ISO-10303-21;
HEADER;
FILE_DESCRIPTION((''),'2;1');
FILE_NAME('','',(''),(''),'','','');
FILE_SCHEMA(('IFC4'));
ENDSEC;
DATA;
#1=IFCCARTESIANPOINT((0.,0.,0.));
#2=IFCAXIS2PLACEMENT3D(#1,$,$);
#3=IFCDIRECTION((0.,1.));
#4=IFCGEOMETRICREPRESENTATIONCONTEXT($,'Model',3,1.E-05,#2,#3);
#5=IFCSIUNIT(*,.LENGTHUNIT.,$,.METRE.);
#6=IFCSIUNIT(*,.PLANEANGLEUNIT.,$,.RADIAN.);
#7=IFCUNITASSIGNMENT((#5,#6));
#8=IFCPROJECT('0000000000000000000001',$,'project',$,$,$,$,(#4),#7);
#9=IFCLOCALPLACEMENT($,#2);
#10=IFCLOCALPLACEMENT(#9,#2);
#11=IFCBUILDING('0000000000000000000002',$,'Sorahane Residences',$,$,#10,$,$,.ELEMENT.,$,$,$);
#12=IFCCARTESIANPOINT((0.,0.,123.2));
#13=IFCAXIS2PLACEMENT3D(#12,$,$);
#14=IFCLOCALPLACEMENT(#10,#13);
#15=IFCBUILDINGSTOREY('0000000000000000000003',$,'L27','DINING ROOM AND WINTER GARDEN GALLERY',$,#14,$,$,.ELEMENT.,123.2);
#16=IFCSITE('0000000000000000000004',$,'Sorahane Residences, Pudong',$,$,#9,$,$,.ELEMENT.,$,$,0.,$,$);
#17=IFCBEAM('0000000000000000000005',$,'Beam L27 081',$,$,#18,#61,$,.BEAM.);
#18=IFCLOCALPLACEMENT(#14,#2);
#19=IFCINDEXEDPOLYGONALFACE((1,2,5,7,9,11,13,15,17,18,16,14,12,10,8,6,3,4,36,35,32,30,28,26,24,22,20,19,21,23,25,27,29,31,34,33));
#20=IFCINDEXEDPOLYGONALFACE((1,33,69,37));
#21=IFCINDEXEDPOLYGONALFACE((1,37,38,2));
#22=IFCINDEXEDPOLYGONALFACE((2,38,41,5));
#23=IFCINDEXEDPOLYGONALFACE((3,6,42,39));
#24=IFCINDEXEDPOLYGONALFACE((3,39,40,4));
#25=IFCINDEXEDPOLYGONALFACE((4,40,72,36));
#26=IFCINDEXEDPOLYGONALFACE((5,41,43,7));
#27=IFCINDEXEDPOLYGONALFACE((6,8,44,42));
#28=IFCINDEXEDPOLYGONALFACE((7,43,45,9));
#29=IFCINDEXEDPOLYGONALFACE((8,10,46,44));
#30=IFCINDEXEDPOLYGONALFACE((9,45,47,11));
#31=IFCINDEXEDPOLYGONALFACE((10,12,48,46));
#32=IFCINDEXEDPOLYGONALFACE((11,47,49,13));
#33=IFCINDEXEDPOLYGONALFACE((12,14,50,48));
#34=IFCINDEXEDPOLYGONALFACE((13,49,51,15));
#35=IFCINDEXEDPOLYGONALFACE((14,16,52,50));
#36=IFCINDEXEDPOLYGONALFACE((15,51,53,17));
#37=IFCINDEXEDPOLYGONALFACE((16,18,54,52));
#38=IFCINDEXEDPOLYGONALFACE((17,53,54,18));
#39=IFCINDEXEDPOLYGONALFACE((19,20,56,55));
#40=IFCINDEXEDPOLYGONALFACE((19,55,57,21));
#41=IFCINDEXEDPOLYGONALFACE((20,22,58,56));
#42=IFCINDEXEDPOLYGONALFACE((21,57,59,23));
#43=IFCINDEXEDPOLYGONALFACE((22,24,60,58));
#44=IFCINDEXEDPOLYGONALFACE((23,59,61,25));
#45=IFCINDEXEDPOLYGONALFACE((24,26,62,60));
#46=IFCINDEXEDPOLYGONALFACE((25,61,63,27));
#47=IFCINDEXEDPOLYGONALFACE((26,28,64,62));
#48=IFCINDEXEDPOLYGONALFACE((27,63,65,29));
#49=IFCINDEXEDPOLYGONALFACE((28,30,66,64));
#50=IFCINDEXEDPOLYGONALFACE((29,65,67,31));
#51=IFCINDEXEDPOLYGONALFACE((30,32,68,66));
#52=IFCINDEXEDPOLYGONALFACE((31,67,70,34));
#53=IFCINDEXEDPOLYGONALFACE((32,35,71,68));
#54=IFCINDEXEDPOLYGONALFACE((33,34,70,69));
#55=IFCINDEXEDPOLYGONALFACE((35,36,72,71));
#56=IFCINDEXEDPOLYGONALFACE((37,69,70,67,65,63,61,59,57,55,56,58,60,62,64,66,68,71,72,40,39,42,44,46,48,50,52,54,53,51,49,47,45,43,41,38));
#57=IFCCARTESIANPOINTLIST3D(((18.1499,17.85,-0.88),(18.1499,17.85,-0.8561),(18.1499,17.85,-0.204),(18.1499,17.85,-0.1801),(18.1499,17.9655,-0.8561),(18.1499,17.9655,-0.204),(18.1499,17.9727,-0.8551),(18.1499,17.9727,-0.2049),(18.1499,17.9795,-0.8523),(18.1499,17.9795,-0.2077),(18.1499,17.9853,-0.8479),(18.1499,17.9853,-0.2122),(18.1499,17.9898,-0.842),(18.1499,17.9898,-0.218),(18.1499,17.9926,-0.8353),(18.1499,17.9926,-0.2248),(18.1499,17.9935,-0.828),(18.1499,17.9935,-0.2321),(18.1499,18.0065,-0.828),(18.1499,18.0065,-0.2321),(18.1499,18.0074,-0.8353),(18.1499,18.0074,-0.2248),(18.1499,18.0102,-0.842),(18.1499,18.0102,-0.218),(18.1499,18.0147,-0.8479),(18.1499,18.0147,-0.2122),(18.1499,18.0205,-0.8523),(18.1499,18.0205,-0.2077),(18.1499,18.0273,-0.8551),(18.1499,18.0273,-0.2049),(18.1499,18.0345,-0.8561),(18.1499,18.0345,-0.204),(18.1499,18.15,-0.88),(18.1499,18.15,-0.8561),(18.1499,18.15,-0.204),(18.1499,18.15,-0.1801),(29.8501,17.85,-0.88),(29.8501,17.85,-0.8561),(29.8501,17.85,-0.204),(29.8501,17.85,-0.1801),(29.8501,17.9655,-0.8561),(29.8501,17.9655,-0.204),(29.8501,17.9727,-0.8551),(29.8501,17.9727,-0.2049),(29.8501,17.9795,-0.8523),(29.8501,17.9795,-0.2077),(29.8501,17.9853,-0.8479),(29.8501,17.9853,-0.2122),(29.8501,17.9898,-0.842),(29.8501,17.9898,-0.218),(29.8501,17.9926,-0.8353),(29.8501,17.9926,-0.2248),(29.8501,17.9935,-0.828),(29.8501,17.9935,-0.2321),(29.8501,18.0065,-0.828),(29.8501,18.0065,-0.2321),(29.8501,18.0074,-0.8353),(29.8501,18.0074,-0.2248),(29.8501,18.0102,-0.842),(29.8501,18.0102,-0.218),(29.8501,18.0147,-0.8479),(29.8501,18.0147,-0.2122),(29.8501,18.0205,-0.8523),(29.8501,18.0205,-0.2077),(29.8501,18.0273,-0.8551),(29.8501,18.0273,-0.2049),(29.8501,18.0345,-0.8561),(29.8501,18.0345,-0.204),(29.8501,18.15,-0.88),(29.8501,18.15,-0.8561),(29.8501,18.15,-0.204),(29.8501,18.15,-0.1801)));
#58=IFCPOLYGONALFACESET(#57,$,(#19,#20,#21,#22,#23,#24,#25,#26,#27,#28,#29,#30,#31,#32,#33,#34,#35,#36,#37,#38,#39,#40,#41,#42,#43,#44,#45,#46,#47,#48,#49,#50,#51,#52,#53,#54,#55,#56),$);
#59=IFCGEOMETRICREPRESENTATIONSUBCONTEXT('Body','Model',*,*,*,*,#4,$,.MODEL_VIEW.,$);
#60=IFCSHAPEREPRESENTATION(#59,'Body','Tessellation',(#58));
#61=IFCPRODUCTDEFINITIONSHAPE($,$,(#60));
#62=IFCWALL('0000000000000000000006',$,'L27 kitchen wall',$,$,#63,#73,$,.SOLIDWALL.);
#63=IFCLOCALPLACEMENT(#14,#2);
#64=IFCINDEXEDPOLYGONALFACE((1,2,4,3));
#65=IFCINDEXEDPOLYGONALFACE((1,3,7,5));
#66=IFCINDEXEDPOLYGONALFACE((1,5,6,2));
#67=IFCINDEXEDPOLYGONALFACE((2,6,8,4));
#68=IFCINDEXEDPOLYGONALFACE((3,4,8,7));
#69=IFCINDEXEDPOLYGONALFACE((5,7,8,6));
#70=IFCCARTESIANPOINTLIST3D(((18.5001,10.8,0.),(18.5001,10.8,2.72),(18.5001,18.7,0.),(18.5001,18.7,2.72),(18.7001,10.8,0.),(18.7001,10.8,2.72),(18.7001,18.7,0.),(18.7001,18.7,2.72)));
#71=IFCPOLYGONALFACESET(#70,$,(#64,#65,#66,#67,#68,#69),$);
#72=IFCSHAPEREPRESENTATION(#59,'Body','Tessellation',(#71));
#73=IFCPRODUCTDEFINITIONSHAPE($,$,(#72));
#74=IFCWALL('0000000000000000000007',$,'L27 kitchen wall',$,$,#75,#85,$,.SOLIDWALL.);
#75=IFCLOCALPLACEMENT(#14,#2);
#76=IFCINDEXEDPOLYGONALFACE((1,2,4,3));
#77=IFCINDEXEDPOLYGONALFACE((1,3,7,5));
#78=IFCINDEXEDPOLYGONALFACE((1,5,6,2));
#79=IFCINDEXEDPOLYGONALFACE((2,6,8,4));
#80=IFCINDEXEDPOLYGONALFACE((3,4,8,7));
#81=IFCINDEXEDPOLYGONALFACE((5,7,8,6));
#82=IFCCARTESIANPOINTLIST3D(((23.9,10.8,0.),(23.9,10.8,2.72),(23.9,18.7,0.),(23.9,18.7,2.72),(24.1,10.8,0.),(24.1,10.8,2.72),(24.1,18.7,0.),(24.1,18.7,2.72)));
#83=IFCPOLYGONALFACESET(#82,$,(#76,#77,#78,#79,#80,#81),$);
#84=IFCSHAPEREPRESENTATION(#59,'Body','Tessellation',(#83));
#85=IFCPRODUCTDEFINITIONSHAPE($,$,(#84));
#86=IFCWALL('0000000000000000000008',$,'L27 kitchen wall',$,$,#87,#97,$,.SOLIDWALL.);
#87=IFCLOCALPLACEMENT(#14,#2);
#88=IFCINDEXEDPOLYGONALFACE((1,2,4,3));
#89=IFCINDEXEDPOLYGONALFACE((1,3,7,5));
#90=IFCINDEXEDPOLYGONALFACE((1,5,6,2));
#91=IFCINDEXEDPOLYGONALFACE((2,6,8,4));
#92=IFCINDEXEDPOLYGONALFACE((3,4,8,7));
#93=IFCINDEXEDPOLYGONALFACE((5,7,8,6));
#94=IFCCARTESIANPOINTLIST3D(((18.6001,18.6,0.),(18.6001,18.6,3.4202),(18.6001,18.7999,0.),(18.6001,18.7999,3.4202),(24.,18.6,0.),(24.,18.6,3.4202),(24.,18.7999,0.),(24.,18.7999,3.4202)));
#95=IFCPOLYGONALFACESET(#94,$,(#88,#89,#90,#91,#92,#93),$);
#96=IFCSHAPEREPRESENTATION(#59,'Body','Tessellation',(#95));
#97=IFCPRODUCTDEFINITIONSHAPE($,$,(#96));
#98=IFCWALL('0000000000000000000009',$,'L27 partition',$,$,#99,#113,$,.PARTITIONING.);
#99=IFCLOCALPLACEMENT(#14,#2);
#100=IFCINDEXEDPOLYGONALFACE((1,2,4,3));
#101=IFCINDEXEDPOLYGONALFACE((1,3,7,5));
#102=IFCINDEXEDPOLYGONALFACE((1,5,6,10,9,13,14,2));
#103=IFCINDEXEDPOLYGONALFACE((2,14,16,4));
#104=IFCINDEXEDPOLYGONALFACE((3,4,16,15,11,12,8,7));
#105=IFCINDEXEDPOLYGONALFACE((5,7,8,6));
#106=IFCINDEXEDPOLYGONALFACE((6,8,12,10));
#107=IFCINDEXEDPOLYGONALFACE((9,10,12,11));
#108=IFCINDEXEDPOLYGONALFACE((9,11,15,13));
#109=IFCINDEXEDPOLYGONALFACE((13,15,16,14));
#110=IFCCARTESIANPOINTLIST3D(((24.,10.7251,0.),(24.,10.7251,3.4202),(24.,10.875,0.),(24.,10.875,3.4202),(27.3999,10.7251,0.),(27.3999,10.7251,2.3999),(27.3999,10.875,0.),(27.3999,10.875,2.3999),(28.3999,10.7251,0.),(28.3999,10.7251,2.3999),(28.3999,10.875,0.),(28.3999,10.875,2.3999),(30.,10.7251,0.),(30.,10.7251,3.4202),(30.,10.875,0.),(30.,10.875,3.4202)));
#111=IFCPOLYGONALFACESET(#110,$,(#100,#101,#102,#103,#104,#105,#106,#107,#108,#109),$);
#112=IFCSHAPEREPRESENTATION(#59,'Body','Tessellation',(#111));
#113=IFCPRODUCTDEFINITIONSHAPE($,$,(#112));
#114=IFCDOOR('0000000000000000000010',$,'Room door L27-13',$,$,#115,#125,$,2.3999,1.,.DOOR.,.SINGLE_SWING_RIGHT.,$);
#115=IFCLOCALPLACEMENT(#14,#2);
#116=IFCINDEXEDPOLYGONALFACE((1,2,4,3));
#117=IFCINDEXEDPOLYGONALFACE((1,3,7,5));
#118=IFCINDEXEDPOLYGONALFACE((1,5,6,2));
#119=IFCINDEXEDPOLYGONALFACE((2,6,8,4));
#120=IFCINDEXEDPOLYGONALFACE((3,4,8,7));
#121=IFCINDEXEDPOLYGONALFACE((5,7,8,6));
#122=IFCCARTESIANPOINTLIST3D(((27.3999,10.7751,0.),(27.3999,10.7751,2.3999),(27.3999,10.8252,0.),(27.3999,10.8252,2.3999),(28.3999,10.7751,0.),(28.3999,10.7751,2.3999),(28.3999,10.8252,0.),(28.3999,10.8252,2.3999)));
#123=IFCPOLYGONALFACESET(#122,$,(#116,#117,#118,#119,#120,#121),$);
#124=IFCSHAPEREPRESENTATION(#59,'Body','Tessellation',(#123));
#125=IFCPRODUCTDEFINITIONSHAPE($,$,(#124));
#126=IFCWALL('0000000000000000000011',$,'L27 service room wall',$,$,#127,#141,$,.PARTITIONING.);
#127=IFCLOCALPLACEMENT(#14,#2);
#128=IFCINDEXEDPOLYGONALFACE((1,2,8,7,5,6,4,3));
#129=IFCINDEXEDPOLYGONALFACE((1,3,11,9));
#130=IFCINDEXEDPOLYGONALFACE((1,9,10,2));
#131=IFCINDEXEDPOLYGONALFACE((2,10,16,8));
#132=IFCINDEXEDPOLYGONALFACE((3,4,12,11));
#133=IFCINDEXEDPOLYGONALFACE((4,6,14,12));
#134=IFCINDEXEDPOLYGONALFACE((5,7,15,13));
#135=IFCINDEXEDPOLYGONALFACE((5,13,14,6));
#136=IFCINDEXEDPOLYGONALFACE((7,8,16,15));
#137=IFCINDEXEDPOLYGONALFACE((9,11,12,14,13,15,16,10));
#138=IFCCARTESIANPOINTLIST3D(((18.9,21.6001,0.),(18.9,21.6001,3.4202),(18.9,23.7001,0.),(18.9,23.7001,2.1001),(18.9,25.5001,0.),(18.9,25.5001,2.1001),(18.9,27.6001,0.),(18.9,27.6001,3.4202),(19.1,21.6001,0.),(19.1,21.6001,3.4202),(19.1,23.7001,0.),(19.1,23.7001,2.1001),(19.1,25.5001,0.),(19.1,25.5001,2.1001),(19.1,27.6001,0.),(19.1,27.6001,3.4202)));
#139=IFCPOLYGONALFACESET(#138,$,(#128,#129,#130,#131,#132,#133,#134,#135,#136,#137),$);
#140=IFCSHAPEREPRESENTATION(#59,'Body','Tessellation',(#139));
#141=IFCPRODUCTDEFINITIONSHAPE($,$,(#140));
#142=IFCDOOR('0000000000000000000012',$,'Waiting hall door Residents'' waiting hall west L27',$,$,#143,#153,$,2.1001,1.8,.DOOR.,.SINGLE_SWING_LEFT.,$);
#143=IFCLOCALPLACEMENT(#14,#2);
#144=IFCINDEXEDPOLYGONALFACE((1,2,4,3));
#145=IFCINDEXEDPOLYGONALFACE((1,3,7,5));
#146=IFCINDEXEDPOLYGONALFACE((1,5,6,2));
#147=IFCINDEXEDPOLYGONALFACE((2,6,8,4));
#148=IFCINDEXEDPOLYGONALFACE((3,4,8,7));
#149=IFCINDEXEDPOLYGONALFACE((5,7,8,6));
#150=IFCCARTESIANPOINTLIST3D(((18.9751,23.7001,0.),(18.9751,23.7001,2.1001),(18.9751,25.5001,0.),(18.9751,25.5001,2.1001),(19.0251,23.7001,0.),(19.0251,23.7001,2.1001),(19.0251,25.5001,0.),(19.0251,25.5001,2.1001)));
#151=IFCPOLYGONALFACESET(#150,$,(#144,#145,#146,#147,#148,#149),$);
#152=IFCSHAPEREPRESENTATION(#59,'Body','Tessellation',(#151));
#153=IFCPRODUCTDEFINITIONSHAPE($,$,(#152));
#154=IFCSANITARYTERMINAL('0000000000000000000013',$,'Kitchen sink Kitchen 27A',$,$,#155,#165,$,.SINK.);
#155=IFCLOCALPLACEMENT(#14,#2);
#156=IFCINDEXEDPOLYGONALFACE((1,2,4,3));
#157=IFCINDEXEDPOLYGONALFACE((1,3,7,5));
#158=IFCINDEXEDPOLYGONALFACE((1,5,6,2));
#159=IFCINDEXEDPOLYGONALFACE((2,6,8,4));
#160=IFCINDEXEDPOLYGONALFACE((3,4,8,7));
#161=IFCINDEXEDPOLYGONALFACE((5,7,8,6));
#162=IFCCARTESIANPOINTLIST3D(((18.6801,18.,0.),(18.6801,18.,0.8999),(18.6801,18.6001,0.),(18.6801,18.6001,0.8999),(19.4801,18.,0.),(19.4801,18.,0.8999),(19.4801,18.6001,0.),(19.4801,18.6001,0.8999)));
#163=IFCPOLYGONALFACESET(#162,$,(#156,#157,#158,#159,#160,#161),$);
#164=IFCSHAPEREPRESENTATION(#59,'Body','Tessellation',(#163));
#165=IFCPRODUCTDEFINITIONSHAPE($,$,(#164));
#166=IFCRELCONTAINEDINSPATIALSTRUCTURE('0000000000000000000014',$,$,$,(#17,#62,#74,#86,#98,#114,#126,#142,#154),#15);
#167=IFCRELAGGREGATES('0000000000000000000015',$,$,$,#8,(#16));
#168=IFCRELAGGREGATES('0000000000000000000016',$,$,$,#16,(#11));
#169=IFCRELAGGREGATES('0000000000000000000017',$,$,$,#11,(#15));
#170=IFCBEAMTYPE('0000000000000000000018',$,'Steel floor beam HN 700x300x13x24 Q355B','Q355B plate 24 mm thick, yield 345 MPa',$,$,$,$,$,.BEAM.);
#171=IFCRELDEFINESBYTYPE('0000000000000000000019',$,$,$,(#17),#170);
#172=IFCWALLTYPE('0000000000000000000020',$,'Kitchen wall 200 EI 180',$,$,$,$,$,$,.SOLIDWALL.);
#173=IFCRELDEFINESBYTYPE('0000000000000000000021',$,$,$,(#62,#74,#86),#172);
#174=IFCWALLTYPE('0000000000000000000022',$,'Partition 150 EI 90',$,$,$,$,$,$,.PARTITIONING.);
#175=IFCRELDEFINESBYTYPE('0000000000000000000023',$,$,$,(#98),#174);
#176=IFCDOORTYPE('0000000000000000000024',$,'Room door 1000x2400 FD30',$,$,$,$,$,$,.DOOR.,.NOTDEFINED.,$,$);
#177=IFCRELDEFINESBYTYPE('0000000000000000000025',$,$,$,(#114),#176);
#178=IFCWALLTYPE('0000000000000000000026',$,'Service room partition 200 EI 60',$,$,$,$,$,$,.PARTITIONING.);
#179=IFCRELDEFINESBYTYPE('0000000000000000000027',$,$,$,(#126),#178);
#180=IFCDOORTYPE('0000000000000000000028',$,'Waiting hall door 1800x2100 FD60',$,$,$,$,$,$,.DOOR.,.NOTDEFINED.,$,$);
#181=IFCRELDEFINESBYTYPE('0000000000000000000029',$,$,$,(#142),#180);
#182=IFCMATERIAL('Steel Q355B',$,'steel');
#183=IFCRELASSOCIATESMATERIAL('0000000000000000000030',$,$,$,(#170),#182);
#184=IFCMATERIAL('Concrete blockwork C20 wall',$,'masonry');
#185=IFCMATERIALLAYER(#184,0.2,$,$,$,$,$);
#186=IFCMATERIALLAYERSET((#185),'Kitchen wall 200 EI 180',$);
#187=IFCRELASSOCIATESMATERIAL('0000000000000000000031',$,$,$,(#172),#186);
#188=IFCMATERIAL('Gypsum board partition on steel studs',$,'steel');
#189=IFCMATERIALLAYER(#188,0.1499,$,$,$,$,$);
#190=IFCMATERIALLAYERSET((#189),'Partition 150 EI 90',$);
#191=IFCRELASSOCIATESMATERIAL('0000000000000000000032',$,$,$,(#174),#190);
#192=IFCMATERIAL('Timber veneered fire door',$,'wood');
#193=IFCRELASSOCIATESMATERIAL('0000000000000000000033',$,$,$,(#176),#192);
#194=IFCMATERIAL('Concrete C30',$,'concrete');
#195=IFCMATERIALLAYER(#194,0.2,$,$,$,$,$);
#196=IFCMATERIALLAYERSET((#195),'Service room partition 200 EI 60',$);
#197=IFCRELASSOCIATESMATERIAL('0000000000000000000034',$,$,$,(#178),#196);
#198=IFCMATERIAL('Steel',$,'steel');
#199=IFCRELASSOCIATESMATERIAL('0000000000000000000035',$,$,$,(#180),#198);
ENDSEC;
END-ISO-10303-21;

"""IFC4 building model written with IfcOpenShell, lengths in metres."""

from ifc_helpers import new_model, si_unit, direction, frame, frame_2d, origin, origin_2d, place, context, subcontext, project, spatial, rectangle, i_section, extrude, material, layer, layer_set, material_profile, profile_set, type_object, element, fill, save


model = new_model("IFC4")

# Units and contexts
model_context = context("Model", 3, precision=1e-05, world=origin(), true_north=direction((0.0, 1.0)))
body_context = subcontext(model_context, "Body", "Model", "MODEL_VIEW")
ifc_project = project(units=[si_unit("LENGTHUNIT", "METRE"), si_unit("PLANEANGLEUNIT", "RADIAN")], contexts=[model_context])

# Site, building, storey
site_placement = place(None, origin())
site = spatial("IfcSite", under=ifc_project, at=site_placement, Name="Sorahane Residences, Pudong", CompositionType="ELEMENT", RefElevation=0.0)
building_placement = place(site_placement, origin())
building = spatial("IfcBuilding", under=site, at=building_placement, Name="Sorahane Residences", CompositionType="ELEMENT")
storey_placement = place(building_placement, frame((0.0, 0.0, 123.2)))
storey = spatial("IfcBuildingStorey", under=building, at=storey_placement, Name="L27", Description="DINING ROOM AND WINTER GARDEN GALLERY", CompositionType="ELEMENT", Elevation=123.2)

# Beam
ifc_material_1 = material(Name="Steel Q355B", Category="steel")
ifc_material_profile_1 = material_profile(ifc_material_1, i_section(OverallWidth=0.3, OverallDepth=0.7, WebThickness=0.0129, FlangeThickness=0.0239, FilletRadius=0.0281, at=origin_2d()), Name="HN 700x300x13x24")
ifc_profile_set_1 = profile_set([ifc_material_profile_1], Name="Steel Q355B")
beam_type_1 = type_object("IfcBeamType", Name="Steel floor beam HN 700x300x13x24 Q355B", Description="Q355B plate 24 mm thick, yield 345 MPa", PredefinedType="BEAM", material=ifc_profile_set_1)
beam_1_placement = place(storey_placement, frame((18.1499, 18.0, -0.53), z_axis=(1.0, 0.0, 0.0), x_axis=(0.0, 1.0, 0.0)))
element("IfcBeam", 1, at=beam_1_placement, inside=storey, type_object=beam_type_1, Name="Beam L27 081", PredefinedType="BEAM", context=body_context, shape_type="SweptSolid", body=[
    extrude(i_section(OverallWidth=0.3, OverallDepth=0.7, WebThickness=0.0129, FlangeThickness=0.0239, FilletRadius=0.0281, at=origin_2d()), origin(), (0.0, 0.0, 1.0), 11.7002),
])

# Walls
ifc_material_2 = material(Name="Concrete blockwork C20 wall", Category="masonry")
ifc_layer_1 = layer(ifc_material_2, 0.2)
ifc_layer_set_1 = layer_set([ifc_layer_1], Name="Kitchen wall 200 EI 180")
wall_type_1 = type_object("IfcWallType", Name="Kitchen wall 200 EI 180", PredefinedType="SOLIDWALL", material=ifc_layer_set_1)
for number, where, z_axis, x_axis, name in (
    (2, (18.6001, 10.8, 0.0), (0.0, 0.0, 1.0), (0.0, 1.0, 0.0), "L27 kitchen wall"),
    (3, (24.0, 10.8, 0.0), (0.0, 0.0, 1.0), (0.0, 1.0, 0.0), "L27 kitchen wall"),
):
    element("IfcWall", number, at=place(storey_placement, frame(where, z_axis=z_axis, x_axis=x_axis)), inside=storey, type_object=wall_type_1, Name=name, PredefinedType="SOLIDWALL", context=body_context, shape_type="SweptSolid", body=[
        extrude(rectangle(XDim=7.8999, YDim=0.2, at=frame_2d((3.95, 0.0))), origin(), (0.0, 0.0, 1.0), 2.72),
    ])

# Wall
wall_1_placement = place(storey_placement, frame((18.6001, 18.7, 0.0), z_axis=(0.0, 0.0, 1.0), x_axis=(1.0, 0.0, 0.0)))
element("IfcWall", 4, at=wall_1_placement, inside=storey, type_object=wall_type_1, Name="L27 kitchen wall", PredefinedType="SOLIDWALL", context=body_context, shape_type="SweptSolid", body=[
    extrude(rectangle(XDim=5.3999, YDim=0.2, at=frame_2d((2.7, 0.0))), origin(), (0.0, 0.0, 1.0), 3.4202),
])

# Walls, openings, doors
ifc_material_3 = material(Name="Gypsum board partition on steel studs", Category="steel")
ifc_layer_2 = layer(ifc_material_3, 0.1499)
ifc_layer_set_2 = layer_set([ifc_layer_2], Name="Partition 150 EI 90")
wall_type_2 = type_object("IfcWallType", Name="Partition 150 EI 90", PredefinedType="PARTITIONING", material=ifc_layer_set_2)
wall_2_placement = place(storey_placement, frame((24.0, 10.8, 0.0), z_axis=(0.0, 0.0, 1.0), x_axis=(1.0, 0.0, 0.0)))
wall_2 = element("IfcWall", 5, at=wall_2_placement, inside=storey, type_object=wall_type_2, Name="L27 partition", PredefinedType="PARTITIONING", context=body_context, shape_type="SweptSolid", body=[
    extrude(rectangle(XDim=6.0, YDim=0.1499, at=frame_2d((3.0, 0.0))), origin(), (0.0, 0.0, 1.0), 3.4202),
])
opening_1_placement = place(wall_2_placement, frame((3.3999, 0.0, 0.0)))
opening_1 = element("IfcOpeningElement", 6, at=opening_1_placement, cuts=wall_2, PredefinedType="OPENING", context=body_context, shape_type="SweptSolid", body=[
    extrude(rectangle(XDim=1.0, YDim=2.3999, at=frame_2d((0.5, 1.2))), frame((0.0, 0.085, 0.0), z_axis=(0.0, -1.0, 0.0), x_axis=(1.0, 0.0, 0.0)), (0.0, 0.0, 1.0), 0.1699),
])
ifc_material_4 = material(Name="Timber veneered fire door", Category="wood")
door_type_1 = type_object("IfcDoorType", Name="Room door 1000x2400 FD30", OperationType="NOTDEFINED", PredefinedType="DOOR", material=ifc_material_4)
door_1_placement = place(opening_1_placement, frame((1.0, 0.0, 0.0), z_axis=(0.0, 0.0, 1.0), x_axis=(-1.0, 0.0, 0.0)))
door_1 = element("IfcDoor", 7, at=door_1_placement, inside=storey, type_object=door_type_1, Name="Room door L27-13", OperationType="SINGLE_SWING_RIGHT", OverallHeight=2.3999, OverallWidth=1.0, PredefinedType="DOOR", context=body_context, shape_type="SweptSolid", body=[
    extrude(rectangle(XDim=1.0, YDim=2.3999, at=frame_2d((0.5, 1.2))), frame((0.0, 0.0249, 0.0), z_axis=(0.0, -1.0, 0.0), x_axis=(1.0, 0.0, 0.0)), (0.0, 0.0, 1.0), 0.05),
])
fill(opening_1, door_1)
ifc_material_5 = material(Name="Concrete C30", Category="concrete")
ifc_layer_3 = layer(ifc_material_5, 0.2)
ifc_layer_set_3 = layer_set([ifc_layer_3], Name="Service room partition 200 EI 60")
wall_type_3 = type_object("IfcWallType", Name="Service room partition 200 EI 60", PredefinedType="PARTITIONING", material=ifc_layer_set_3)
wall_3_placement = place(storey_placement, frame((19.0, 21.6001, 0.0), z_axis=(0.0, 0.0, 1.0), x_axis=(0.0, 1.0, 0.0)))
wall_3 = element("IfcWall", 8, at=wall_3_placement, inside=storey, type_object=wall_type_3, Name="L27 service room wall", PredefinedType="PARTITIONING", context=body_context, shape_type="SweptSolid", body=[
    extrude(rectangle(XDim=6.0, YDim=0.2, at=frame_2d((3.0, 0.0))), origin(), (0.0, 0.0, 1.0), 3.4202),
])
opening_2_placement = place(wall_3_placement, frame((2.1001, 0.0, 0.0)))
opening_2 = element("IfcOpeningElement", 9, at=opening_2_placement, cuts=wall_3, PredefinedType="OPENING", context=body_context, shape_type="SweptSolid", body=[
    extrude(rectangle(XDim=1.8, YDim=2.1001, at=frame_2d((0.8999, 1.05))), frame((0.0, 0.1099, 0.0), z_axis=(0.0, -1.0, 0.0), x_axis=(1.0, 0.0, 0.0)), (0.0, 0.0, 1.0), 0.22),
])
ifc_material_6 = material(Name="Steel", Category="steel")
door_type_2 = type_object("IfcDoorType", Name="Waiting hall door 1800x2100 FD60", OperationType="NOTDEFINED", PredefinedType="DOOR", material=ifc_material_6)
door_2_placement = place(opening_2_placement, origin())
door_2 = element("IfcDoor", 10, at=door_2_placement, inside=storey, type_object=door_type_2, Name="Waiting hall door Residents' waiting hall west L27", OperationType="SINGLE_SWING_LEFT", OverallHeight=2.1001, OverallWidth=1.8, PredefinedType="DOOR", context=body_context, shape_type="SweptSolid", body=[
    extrude(rectangle(XDim=1.8, YDim=2.1001, at=frame_2d((0.8999, 1.05))), frame((0.0, 0.0249, 0.0), z_axis=(0.0, -1.0, 0.0), x_axis=(1.0, 0.0, 0.0)), (0.0, 0.0, 1.0), 0.05),
])
fill(opening_2, door_2)

# Sanitary terminal
sanitary_terminal_placement = place(storey_placement, frame((19.0801, 18.3, 0.0), z_axis=(0.0, 0.0, 1.0), x_axis=(1.0, 0.0, 0.0)))
element("IfcSanitaryTerminal", 11, at=sanitary_terminal_placement, inside=storey, Name="Kitchen sink Kitchen 27A", PredefinedType="SINK", context=body_context, shape_type="SweptSolid", body=[
    extrude(rectangle(XDim=0.8, YDim=0.6001, at=origin_2d()), origin(), (0.0, 0.0, 1.0), 0.8999),
])

save(model, "model.ifc")
